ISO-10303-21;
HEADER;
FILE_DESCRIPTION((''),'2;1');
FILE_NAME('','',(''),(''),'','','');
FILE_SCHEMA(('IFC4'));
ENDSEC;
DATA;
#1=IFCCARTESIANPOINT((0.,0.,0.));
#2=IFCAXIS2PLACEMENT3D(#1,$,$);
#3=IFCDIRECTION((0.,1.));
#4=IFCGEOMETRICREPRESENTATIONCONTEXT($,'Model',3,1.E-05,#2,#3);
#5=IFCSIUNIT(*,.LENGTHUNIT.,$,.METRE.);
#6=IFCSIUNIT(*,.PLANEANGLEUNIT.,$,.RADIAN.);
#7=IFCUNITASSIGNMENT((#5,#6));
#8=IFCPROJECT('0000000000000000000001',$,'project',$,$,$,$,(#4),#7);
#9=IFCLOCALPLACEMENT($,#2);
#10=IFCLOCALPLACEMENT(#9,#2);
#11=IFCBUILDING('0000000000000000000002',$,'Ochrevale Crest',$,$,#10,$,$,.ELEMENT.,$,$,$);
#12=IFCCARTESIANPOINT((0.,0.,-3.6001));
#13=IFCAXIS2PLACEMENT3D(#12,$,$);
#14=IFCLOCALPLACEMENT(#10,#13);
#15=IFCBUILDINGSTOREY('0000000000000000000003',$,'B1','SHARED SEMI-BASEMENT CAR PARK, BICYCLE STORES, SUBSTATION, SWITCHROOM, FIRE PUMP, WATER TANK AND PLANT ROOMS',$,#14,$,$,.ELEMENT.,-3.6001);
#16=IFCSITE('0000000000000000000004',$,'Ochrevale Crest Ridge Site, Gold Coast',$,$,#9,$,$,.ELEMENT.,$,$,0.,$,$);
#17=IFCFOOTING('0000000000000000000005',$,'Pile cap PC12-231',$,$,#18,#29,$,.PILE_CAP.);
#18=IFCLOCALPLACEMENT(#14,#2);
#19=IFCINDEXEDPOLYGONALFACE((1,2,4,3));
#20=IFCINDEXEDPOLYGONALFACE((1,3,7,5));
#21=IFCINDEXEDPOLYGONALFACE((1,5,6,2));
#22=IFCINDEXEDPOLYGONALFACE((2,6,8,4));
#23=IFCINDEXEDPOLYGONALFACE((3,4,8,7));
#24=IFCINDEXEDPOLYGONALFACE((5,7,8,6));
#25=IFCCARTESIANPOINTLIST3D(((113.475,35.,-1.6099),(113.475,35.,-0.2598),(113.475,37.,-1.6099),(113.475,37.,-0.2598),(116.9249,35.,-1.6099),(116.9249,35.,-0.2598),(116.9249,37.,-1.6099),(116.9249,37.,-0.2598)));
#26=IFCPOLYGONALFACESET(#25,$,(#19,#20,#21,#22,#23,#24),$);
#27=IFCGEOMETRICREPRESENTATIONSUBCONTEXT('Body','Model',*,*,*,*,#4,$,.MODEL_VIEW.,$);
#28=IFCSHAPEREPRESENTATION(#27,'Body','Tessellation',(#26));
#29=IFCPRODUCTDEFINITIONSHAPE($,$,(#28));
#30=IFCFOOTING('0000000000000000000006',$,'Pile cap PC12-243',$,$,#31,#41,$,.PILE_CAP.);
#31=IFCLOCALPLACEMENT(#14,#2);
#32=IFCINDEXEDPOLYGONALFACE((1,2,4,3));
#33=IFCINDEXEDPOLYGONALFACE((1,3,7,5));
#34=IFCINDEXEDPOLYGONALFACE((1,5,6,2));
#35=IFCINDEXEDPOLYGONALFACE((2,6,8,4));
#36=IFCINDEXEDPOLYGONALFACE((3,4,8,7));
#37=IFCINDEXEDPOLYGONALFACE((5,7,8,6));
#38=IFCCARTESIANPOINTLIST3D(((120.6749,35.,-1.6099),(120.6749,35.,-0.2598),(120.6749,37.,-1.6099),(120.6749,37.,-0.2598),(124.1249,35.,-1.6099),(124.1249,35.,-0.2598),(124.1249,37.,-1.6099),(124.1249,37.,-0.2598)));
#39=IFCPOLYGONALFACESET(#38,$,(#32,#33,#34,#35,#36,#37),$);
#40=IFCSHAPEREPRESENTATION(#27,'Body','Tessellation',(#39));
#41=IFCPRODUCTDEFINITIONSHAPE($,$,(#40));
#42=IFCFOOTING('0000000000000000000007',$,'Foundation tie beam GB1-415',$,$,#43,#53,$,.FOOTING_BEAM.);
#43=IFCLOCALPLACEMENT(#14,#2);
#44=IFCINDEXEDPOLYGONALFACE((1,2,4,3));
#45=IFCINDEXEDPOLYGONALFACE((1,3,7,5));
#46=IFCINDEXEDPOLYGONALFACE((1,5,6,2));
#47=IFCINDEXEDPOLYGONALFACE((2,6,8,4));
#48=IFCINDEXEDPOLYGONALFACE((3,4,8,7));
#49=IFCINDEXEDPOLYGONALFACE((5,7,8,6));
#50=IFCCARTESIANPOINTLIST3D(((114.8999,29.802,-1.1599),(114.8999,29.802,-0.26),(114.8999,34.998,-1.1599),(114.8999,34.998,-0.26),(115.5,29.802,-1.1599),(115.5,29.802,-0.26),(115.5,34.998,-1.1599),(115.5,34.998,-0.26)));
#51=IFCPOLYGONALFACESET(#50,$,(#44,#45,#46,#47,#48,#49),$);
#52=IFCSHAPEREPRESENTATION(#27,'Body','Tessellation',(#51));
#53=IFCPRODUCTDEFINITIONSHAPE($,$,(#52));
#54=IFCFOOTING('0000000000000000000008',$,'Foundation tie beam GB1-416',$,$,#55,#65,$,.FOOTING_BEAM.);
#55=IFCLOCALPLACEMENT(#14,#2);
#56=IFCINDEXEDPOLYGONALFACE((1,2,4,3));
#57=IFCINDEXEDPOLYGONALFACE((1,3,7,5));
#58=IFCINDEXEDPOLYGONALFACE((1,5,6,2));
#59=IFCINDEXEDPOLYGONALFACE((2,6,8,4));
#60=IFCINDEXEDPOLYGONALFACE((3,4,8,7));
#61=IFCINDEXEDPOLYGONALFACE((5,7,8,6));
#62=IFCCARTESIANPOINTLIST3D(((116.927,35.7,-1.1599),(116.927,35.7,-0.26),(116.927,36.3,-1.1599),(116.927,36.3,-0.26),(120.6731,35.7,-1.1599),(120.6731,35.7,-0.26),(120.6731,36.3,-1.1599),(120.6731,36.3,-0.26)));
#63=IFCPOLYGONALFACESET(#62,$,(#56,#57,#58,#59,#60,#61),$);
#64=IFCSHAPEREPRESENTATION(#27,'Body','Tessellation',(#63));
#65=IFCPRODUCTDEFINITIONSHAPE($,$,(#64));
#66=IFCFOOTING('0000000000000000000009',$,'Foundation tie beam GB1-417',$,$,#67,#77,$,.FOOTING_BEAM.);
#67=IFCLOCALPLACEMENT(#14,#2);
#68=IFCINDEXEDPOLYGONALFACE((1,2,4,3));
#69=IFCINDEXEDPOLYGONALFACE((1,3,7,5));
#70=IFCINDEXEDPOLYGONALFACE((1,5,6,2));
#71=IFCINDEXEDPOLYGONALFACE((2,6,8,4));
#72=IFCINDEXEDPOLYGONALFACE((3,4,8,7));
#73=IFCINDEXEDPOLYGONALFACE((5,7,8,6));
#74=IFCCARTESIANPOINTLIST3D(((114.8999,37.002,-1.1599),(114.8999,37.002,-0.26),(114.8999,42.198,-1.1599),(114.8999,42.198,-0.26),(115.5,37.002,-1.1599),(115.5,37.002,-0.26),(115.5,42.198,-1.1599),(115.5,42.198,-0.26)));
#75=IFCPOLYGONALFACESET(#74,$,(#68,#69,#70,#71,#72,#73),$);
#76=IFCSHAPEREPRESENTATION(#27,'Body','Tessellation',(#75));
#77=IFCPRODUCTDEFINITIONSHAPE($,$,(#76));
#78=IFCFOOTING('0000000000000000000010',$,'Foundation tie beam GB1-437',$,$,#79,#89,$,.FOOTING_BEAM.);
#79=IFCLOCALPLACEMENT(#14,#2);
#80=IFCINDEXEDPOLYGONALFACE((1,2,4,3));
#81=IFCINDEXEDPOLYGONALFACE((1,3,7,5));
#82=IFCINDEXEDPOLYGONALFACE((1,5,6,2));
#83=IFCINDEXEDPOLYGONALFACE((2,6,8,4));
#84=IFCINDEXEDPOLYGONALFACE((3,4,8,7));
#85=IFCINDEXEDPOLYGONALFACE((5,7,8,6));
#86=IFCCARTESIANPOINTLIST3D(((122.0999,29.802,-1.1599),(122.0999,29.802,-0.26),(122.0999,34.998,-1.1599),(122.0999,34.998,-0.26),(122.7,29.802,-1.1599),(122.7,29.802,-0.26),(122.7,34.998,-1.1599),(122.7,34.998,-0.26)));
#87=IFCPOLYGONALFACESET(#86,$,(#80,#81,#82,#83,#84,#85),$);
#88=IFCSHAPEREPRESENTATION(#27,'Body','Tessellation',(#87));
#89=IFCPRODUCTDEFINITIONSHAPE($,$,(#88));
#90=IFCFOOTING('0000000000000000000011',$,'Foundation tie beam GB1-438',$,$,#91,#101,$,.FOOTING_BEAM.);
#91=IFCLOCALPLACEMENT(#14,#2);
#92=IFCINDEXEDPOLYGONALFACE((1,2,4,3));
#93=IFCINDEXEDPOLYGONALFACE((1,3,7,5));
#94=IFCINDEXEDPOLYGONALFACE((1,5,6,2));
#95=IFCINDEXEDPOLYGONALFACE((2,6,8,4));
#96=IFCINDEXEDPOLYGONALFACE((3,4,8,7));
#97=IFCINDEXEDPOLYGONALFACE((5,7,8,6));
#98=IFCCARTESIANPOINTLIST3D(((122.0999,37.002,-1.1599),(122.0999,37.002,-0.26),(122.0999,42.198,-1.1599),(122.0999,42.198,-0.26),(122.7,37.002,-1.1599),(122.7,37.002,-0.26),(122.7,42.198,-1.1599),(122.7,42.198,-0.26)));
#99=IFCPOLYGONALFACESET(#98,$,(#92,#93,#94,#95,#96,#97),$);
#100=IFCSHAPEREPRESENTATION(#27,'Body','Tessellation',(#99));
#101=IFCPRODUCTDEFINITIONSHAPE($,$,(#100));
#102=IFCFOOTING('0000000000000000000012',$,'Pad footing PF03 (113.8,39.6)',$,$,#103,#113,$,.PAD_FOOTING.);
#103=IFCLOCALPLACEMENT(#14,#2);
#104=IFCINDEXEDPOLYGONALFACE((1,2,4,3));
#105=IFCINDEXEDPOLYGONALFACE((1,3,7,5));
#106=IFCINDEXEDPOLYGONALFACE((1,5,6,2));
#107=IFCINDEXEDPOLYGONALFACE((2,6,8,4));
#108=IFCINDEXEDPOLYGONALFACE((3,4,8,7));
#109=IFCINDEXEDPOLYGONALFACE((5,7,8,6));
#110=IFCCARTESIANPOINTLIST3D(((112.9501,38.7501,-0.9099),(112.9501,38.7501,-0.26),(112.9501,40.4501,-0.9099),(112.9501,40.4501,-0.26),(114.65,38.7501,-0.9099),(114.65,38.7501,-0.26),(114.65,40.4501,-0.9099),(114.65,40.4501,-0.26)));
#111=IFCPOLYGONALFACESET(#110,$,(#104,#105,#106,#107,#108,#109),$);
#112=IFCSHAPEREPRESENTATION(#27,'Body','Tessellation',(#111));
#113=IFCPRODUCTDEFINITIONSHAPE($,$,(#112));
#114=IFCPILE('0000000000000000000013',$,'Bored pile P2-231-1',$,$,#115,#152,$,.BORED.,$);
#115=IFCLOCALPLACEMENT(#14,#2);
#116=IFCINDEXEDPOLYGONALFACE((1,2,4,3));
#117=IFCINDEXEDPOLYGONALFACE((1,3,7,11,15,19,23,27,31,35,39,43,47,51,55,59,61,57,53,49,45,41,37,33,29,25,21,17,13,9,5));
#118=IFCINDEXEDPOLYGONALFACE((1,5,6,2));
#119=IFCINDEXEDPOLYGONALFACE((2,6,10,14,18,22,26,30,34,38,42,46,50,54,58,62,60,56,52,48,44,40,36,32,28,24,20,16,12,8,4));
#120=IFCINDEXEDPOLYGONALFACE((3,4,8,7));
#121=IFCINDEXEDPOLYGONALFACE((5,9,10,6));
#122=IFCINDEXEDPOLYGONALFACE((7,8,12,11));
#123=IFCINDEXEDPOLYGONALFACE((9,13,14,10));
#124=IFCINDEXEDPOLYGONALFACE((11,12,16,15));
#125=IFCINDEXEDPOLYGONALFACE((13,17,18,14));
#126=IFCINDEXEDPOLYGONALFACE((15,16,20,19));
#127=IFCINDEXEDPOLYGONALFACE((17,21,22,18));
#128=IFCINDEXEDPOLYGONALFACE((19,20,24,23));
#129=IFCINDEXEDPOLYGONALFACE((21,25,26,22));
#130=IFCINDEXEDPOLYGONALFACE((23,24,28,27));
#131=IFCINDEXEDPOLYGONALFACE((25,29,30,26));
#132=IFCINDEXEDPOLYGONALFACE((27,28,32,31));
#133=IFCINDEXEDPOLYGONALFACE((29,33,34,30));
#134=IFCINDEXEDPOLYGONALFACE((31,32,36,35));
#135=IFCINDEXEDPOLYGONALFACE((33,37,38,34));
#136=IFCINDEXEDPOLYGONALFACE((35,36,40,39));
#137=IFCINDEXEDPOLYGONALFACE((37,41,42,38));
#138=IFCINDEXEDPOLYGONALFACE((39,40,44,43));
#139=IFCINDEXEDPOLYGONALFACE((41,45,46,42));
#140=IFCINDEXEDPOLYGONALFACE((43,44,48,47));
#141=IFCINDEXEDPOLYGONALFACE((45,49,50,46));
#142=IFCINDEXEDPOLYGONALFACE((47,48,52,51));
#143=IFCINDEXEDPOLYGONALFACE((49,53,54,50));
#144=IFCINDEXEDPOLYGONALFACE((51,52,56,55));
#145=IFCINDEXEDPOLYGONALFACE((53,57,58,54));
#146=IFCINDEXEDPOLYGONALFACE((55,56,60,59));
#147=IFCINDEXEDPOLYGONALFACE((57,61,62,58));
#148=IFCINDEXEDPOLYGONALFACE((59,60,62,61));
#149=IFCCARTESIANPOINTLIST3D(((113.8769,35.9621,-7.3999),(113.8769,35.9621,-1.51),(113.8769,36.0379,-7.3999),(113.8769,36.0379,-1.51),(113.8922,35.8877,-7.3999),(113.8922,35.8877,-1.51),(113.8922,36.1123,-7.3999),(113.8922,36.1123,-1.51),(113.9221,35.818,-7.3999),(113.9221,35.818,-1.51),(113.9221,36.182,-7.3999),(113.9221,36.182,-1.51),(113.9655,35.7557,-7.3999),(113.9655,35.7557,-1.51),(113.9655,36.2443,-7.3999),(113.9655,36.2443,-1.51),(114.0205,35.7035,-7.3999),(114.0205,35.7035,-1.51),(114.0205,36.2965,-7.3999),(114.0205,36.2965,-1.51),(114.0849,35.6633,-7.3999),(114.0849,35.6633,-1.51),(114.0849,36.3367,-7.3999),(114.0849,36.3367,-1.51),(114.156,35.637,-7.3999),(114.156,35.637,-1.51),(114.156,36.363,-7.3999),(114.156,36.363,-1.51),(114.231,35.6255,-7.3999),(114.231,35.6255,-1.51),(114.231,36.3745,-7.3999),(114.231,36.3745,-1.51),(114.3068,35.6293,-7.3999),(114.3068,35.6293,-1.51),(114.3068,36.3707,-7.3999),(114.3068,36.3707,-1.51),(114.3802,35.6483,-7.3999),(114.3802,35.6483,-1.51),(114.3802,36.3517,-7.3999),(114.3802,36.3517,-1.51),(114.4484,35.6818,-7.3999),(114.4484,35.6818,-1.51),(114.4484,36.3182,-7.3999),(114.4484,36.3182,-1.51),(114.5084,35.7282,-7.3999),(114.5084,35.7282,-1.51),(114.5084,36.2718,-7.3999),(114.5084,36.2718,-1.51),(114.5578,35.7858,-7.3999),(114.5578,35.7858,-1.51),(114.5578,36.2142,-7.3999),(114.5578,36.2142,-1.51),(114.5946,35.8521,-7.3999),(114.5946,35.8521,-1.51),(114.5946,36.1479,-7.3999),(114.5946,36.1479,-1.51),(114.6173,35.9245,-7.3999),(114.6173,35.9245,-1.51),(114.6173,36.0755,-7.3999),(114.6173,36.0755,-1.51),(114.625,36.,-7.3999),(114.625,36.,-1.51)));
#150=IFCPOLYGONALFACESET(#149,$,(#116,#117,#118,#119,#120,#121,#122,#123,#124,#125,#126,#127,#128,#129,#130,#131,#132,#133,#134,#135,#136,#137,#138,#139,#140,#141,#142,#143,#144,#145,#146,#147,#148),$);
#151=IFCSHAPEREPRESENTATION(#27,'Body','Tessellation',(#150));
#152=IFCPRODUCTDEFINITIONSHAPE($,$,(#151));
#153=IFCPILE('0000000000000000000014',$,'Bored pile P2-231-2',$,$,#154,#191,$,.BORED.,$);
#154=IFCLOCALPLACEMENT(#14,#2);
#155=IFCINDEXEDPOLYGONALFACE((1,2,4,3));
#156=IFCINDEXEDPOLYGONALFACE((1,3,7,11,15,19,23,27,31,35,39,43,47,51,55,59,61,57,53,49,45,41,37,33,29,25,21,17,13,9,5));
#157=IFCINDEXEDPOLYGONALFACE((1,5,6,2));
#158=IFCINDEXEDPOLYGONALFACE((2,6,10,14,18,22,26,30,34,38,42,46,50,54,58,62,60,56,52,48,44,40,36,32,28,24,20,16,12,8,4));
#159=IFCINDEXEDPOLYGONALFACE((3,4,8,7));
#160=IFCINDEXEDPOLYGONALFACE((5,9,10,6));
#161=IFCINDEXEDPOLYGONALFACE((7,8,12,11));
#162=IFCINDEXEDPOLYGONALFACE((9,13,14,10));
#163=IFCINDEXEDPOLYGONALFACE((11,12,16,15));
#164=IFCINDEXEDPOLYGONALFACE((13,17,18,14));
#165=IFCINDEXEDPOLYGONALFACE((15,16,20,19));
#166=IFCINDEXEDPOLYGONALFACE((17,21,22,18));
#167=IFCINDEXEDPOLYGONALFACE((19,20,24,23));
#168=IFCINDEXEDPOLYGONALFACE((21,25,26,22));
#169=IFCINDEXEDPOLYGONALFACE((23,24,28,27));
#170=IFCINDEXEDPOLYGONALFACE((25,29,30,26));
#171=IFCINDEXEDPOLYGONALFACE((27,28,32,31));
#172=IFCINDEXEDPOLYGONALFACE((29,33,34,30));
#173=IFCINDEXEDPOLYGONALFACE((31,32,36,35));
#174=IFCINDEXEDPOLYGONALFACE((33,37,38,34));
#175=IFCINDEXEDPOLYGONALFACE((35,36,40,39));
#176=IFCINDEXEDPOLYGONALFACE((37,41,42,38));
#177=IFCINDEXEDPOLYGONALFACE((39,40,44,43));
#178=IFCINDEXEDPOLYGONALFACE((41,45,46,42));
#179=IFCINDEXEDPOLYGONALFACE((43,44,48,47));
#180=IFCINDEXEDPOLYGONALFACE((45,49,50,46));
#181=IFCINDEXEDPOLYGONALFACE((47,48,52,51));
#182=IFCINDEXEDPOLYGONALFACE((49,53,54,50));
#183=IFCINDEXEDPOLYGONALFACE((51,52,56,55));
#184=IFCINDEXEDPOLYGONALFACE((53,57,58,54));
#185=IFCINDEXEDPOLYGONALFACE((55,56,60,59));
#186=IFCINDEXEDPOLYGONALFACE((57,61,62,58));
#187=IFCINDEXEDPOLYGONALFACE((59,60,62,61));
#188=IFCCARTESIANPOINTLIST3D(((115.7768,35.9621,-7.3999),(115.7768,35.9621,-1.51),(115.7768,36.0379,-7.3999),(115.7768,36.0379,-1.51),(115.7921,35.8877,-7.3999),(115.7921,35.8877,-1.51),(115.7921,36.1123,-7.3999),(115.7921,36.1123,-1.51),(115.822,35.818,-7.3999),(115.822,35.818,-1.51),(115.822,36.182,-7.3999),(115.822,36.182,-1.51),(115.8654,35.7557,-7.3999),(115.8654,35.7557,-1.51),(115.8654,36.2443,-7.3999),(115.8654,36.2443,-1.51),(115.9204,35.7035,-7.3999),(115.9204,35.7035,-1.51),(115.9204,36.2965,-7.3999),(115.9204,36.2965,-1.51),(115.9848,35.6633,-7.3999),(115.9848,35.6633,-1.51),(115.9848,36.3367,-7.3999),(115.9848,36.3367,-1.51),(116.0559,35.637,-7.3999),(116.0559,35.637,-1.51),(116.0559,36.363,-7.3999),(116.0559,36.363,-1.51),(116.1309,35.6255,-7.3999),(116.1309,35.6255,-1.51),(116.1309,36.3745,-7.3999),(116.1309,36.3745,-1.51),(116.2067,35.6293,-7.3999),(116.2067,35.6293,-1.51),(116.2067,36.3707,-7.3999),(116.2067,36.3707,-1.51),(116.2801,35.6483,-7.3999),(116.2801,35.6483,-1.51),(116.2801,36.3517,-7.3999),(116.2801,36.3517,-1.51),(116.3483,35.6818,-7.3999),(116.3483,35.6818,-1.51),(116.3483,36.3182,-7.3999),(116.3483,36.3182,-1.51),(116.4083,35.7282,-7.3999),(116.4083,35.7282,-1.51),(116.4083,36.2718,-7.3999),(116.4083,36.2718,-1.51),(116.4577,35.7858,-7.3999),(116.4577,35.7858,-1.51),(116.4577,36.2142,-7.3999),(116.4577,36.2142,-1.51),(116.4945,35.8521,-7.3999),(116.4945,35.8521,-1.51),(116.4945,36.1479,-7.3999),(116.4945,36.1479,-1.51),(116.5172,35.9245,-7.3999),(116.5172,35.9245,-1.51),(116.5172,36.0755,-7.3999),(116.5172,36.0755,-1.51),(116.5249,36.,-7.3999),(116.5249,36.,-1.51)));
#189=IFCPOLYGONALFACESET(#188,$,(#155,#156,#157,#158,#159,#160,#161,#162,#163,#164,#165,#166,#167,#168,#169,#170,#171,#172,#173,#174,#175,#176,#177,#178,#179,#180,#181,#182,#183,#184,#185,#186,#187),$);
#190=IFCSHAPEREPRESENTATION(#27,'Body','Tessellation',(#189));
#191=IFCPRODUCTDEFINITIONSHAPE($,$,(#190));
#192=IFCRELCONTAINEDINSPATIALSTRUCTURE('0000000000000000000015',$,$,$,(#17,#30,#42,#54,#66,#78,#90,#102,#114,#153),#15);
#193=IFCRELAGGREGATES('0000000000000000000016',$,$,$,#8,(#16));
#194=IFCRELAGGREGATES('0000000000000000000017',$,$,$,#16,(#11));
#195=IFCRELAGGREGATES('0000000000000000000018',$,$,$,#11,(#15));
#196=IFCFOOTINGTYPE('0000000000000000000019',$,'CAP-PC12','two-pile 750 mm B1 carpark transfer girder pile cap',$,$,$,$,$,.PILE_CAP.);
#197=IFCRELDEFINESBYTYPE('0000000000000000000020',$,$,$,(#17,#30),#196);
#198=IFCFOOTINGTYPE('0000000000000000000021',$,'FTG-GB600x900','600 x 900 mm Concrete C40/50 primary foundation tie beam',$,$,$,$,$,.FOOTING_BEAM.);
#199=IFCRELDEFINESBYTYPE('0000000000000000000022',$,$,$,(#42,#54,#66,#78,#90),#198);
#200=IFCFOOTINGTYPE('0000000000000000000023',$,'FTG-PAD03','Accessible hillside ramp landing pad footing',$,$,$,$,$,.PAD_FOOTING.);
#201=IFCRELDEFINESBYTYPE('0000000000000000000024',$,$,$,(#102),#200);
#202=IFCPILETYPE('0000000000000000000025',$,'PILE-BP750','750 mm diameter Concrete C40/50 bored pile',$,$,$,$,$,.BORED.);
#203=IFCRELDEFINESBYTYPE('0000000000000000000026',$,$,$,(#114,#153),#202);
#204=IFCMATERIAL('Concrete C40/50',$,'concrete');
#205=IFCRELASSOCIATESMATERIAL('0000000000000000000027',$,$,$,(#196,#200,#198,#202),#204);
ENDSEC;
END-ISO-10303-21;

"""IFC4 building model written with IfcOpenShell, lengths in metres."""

from ifc_helpers import new_model, si_unit, direction, frame, origin, origin_2d, place, context, subcontext, project, spatial, rectangle, circle, extrude, material, material_profile, profile_set, type_object, element, save


model = new_model("IFC4")

# Units and contexts
model_context = context("Model", 3, precision=1e-05, world=origin(), true_north=direction((0.0, 1.0)))
body_context = subcontext(model_context, "Body", "Model", "MODEL_VIEW")
ifc_project = project(units=[si_unit("LENGTHUNIT", "METRE"), si_unit("PLANEANGLEUNIT", "RADIAN")], contexts=[model_context])

# Site, building, storey
site_placement = place(None, origin())
site = spatial("IfcSite", under=ifc_project, at=site_placement, Name="Ochrevale Crest Ridge Site, Gold Coast", CompositionType="ELEMENT", RefElevation=0.0)
building_placement = place(site_placement, origin())
building = spatial("IfcBuilding", under=site, at=building_placement, Name="Ochrevale Crest", CompositionType="ELEMENT")
storey_placement = place(building_placement, frame((0.0, 0.0, -3.6001)))
storey = spatial("IfcBuildingStorey", under=building, at=storey_placement, Name="B1", Description="SHARED SEMI-BASEMENT CAR PARK, BICYCLE STORES, SUBSTATION, SWITCHROOM, FIRE PUMP, WATER TANK AND PLANT ROOMS", CompositionType="ELEMENT", Elevation=-3.6001)

# Footings
ifc_material_1 = material(Name="Concrete C40/50", Category="concrete")
footing_type_1 = type_object("IfcFootingType", Name="CAP-PC12", Description="two-pile 750 mm B1 carpark transfer girder pile cap", PredefinedType="PILE_CAP", material=ifc_material_1)
for number, where, z_axis, x_axis, name in (
    (1, (115.2, 36.0, -1.6099), (0.0, 0.0, 1.0), (1.0, 0.0, 0.0), "Pile cap PC12-231"),
    (2, (122.3999, 36.0, -1.6099), (0.0, 0.0, 1.0), (1.0, 0.0, 0.0), "Pile cap PC12-243"),
):
    element("IfcFooting", number, at=place(storey_placement, frame(where, z_axis=z_axis, x_axis=x_axis)), inside=storey, type_object=footing_type_1, Name=name, PredefinedType="PILE_CAP", context=body_context, shape_type="SweptSolid", body=[
        extrude(rectangle(XDim=3.45, YDim=2.0, at=origin_2d()), origin(), (0.0, 0.0, 1.0), 1.3501),
    ])
ifc_material_profile_1 = material_profile(ifc_material_1, rectangle(XDim=0.6001, YDim=0.8999, at=origin_2d()), Name="GB 600x900")
ifc_profile_set_1 = profile_set([ifc_material_profile_1], Name="Concrete C40/50")
footing_type_2 = type_object("IfcFootingType", Name="FTG-GB600x900", Description="600 x 900 mm Concrete C40/50 primary foundation tie beam", PredefinedType="FOOTING_BEAM", material=ifc_profile_set_1)
footing_1_placement = place(storey_placement, frame((115.2, 29.802, -0.71), z_axis=(0.0, 1.0, 0.0), x_axis=(-1.0, 0.0, 0.0)))
element("IfcFooting", 3, at=footing_1_placement, inside=storey, type_object=footing_type_2, Name="Foundation tie beam GB1-415", PredefinedType="FOOTING_BEAM", context=body_context, shape_type="SweptSolid", body=[
    extrude(rectangle(XDim=0.6001, YDim=0.8999, at=origin_2d()), origin(), (0.0, 0.0, 1.0), 5.196),
])
footing_2_placement = place(storey_placement, frame((116.927, 36.0, -0.71), z_axis=(1.0, 0.0, 0.0), x_axis=(0.0, 1.0, 0.0)))
element("IfcFooting", 4, at=footing_2_placement, inside=storey, type_object=footing_type_2, Name="Foundation tie beam GB1-416", PredefinedType="FOOTING_BEAM", context=body_context, shape_type="SweptSolid", body=[
    extrude(rectangle(XDim=0.6001, YDim=0.8999, at=origin_2d()), origin(), (0.0, 0.0, 1.0), 3.7461),
])
for number, where, z_axis, x_axis, name in (
    (5, (115.2, 37.002, -0.71), (0.0, 1.0, 0.0), (-1.0, 0.0, 0.0), "Foundation tie beam GB1-417"),
    (6, (122.3999, 29.802, -0.71), (0.0, 1.0, 0.0), (-1.0, 0.0, 0.0), "Foundation tie beam GB1-437"),
    (7, (122.3999, 37.002, -0.71), (0.0, 1.0, 0.0), (-1.0, 0.0, 0.0), "Foundation tie beam GB1-438"),
):
    element("IfcFooting", number, at=place(storey_placement, frame(where, z_axis=z_axis, x_axis=x_axis)), inside=storey, type_object=footing_type_2, Name=name, PredefinedType="FOOTING_BEAM", context=body_context, shape_type="SweptSolid", body=[
        extrude(rectangle(XDim=0.6001, YDim=0.8999, at=origin_2d()), origin(), (0.0, 0.0, 1.0), 5.196),
    ])
footing_type_3 = type_object("IfcFootingType", Name="FTG-PAD03", Description="Accessible hillside ramp landing pad footing", PredefinedType="PAD_FOOTING", material=ifc_material_1)
footing_3_placement = place(storey_placement, frame((113.8, 39.6001, -0.9099), z_axis=(0.0, 0.0, 1.0), x_axis=(1.0, 0.0, 0.0)))
element("IfcFooting", 8, at=footing_3_placement, inside=storey, type_object=footing_type_3, Name="Pad footing PF03 (113.8,39.6)", PredefinedType="PAD_FOOTING", context=body_context, shape_type="SweptSolid", body=[
    extrude(rectangle(XDim=1.7, YDim=1.7, at=origin_2d()), origin(), (0.0, 0.0, 1.0), 0.6499),
])

# Piles
ifc_material_profile_2 = material_profile(ifc_material_1, circle(Radius=0.375, at=origin_2d()), Name="BORED PILE 750")
ifc_profile_set_2 = profile_set([ifc_material_profile_2], Name="Concrete C40/50")
pile_type = type_object("IfcPileType", Name="PILE-BP750", Description="750 mm diameter Concrete C40/50 bored pile", PredefinedType="BORED", material=ifc_profile_set_2)
for number, where, z_axis, x_axis, name in (
    (9, (114.25, 36.0, -1.51), (0.0, 0.0, -1.0), (1.0, 0.0, 0.0), "Bored pile P2-231-1"),
    (10, (116.1499, 36.0, -1.51), (0.0, 0.0, -1.0), (1.0, 0.0, 0.0), "Bored pile P2-231-2"),
):
    element("IfcPile", number, at=place(storey_placement, frame(where, z_axis=z_axis, x_axis=x_axis)), inside=storey, type_object=pile_type, Name=name, PredefinedType="BORED", context=body_context, shape_type="SweptSolid", body=[
        extrude(circle(Radius=0.375, at=origin_2d()), origin(), (0.0, 0.0, 1.0), 5.8899),
    ])

save(model, "model.ifc")
